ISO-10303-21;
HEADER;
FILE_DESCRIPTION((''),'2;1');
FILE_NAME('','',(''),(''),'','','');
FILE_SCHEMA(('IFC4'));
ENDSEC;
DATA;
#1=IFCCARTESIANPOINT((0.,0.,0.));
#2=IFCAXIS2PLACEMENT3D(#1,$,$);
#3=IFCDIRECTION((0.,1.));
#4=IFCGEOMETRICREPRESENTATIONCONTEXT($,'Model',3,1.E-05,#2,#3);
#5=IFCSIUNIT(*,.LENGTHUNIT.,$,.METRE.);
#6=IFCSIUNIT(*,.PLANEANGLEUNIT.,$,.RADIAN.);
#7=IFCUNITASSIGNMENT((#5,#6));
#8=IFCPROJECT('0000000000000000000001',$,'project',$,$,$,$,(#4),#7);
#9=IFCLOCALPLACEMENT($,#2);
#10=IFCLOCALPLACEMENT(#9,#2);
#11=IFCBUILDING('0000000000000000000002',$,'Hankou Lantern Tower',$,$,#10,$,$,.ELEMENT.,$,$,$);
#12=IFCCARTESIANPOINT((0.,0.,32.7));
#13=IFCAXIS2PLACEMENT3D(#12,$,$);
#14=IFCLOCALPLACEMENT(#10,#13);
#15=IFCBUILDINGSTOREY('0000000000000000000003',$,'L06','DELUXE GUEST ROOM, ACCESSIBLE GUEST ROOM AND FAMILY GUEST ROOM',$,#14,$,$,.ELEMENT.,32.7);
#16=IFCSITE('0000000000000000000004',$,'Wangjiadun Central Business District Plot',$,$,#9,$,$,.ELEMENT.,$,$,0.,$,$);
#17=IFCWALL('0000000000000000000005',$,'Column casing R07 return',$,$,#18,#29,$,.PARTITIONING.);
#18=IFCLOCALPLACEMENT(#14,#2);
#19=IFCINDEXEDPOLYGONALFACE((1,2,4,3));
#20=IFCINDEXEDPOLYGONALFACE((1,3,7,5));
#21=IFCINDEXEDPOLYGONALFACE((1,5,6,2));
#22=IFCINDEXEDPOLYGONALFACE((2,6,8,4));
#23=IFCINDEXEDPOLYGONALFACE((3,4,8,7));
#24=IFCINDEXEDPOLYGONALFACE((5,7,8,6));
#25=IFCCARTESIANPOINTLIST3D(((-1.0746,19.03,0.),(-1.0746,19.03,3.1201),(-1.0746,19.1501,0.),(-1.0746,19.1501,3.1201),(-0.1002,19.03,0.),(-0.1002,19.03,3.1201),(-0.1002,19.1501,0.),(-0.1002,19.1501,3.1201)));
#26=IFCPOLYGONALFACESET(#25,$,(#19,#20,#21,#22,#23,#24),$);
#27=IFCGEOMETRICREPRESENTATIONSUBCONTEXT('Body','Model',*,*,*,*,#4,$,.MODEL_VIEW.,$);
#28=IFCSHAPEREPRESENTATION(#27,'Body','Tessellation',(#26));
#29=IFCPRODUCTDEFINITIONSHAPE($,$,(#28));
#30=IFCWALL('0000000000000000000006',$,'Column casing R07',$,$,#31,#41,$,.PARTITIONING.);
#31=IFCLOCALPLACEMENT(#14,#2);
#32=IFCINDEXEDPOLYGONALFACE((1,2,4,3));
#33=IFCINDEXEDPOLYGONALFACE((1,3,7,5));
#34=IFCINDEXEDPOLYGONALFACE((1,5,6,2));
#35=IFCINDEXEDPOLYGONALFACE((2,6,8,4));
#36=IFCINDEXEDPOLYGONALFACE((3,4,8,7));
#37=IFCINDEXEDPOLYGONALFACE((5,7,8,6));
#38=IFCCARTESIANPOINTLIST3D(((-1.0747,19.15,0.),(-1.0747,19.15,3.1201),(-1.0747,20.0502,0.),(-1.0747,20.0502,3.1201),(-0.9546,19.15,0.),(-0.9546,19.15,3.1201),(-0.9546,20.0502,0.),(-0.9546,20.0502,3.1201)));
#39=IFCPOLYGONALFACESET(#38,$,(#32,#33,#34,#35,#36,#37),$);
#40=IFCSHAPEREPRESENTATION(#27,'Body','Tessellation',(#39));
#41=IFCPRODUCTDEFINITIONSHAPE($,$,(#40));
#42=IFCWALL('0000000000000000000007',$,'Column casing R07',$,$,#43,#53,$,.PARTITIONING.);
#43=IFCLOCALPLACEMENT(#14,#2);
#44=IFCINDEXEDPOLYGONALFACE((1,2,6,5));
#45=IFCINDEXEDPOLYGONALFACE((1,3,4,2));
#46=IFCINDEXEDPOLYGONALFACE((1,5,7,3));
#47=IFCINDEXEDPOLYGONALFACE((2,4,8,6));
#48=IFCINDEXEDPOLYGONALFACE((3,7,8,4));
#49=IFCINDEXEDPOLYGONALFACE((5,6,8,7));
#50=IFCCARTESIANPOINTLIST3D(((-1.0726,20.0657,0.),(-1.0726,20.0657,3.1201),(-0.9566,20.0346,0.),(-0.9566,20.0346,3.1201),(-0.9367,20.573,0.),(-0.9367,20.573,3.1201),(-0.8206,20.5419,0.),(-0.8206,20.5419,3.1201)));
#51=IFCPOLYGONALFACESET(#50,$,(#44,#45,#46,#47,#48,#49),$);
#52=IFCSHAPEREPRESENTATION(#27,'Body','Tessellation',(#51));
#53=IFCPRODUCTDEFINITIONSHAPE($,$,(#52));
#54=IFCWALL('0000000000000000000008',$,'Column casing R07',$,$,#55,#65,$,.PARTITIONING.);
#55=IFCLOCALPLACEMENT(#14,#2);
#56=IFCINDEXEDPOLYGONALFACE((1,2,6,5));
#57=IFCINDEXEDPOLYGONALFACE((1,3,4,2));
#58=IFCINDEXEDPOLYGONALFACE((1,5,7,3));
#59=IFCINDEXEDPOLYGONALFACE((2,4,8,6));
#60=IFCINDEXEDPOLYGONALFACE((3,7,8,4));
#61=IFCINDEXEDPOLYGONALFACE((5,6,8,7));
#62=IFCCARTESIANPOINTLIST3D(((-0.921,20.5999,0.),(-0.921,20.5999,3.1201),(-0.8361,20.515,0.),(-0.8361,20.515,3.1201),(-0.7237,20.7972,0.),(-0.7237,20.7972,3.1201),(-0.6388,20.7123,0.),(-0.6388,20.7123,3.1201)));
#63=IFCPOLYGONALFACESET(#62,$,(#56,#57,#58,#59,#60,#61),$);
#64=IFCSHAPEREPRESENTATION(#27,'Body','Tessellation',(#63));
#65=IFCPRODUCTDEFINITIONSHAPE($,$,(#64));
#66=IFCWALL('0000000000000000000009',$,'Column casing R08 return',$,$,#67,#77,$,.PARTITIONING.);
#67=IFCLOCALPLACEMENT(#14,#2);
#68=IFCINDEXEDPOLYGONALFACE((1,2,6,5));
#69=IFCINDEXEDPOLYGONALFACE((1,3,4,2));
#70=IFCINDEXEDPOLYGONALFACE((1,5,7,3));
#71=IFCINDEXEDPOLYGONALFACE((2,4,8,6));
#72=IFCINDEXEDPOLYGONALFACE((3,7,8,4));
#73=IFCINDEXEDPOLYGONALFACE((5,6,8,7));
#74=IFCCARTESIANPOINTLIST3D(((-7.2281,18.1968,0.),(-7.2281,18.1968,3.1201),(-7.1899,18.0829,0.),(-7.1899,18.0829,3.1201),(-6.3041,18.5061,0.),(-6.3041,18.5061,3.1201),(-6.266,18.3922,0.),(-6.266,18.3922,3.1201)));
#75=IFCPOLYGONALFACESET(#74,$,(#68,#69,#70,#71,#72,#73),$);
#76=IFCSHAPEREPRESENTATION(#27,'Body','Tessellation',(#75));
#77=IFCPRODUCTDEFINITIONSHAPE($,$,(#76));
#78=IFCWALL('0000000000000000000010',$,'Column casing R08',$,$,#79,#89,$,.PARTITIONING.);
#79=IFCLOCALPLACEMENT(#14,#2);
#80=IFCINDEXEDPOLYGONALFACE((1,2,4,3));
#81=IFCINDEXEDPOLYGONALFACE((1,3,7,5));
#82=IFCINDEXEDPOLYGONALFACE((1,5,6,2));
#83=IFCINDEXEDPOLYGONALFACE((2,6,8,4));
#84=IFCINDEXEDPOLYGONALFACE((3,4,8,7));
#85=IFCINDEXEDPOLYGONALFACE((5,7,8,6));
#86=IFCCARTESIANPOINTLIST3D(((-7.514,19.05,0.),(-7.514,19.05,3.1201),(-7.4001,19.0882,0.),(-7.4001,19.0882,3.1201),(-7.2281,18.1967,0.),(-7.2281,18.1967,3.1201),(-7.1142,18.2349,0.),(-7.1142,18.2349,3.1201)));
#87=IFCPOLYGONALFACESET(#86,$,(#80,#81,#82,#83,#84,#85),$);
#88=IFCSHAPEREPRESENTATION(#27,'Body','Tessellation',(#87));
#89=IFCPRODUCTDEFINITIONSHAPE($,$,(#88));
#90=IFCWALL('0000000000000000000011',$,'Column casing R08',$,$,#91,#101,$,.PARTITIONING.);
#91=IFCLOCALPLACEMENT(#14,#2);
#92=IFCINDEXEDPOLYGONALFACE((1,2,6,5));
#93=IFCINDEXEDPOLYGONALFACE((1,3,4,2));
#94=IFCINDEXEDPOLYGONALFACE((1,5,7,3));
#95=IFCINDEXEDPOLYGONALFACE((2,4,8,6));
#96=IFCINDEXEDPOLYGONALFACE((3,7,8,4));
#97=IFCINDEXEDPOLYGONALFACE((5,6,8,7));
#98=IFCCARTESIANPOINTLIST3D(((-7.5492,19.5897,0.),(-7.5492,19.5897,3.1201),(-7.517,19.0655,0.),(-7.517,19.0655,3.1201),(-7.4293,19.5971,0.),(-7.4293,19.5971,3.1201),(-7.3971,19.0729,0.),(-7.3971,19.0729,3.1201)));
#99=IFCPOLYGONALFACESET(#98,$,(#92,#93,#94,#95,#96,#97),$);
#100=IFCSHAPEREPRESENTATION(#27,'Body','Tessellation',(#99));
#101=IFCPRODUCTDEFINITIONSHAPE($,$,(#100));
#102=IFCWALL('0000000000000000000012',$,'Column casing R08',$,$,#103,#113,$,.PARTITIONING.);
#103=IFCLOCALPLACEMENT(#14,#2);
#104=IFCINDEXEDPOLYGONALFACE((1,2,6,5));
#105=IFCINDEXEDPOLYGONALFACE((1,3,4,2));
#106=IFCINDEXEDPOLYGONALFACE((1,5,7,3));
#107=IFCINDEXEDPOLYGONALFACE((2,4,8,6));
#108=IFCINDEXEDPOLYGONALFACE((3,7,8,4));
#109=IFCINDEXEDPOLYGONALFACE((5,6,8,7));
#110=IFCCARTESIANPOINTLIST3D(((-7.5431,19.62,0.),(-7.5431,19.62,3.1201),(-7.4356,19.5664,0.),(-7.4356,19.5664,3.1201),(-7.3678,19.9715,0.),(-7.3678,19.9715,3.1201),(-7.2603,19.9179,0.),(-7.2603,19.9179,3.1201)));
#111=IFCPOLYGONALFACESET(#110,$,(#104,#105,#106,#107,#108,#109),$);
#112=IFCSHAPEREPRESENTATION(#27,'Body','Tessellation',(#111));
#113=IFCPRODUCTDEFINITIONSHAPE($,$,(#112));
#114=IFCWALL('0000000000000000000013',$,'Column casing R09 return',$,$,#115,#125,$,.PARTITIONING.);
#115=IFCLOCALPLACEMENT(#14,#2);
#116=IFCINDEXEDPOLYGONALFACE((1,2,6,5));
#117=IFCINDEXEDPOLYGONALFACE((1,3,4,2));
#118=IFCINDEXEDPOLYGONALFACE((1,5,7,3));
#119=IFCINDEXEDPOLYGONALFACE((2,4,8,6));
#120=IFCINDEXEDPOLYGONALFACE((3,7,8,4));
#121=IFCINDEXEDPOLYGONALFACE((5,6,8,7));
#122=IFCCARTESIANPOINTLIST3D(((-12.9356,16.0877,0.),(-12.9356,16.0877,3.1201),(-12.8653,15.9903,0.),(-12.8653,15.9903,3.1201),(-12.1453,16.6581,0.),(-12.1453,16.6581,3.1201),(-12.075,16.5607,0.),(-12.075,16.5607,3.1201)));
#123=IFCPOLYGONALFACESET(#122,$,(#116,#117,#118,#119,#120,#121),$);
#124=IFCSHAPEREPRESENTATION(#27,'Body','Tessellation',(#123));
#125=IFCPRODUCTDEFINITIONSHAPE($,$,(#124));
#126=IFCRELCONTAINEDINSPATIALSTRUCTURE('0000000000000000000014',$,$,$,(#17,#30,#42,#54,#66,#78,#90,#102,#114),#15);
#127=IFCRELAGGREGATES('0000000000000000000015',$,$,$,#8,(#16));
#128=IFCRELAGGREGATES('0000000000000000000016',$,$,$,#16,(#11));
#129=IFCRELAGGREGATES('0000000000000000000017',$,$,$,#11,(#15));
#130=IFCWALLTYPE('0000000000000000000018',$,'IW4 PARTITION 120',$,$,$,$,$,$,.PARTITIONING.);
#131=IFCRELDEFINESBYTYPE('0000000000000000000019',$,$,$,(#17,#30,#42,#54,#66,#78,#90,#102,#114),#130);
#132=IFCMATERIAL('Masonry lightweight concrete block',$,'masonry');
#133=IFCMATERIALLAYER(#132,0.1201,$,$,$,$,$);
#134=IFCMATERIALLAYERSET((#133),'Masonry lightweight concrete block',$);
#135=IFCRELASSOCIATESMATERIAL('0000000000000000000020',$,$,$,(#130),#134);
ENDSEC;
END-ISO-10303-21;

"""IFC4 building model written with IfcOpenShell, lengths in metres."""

from ifc_helpers import new_model, si_unit, direction, frame, frame_2d, origin, place, context, subcontext, project, spatial, rectangle, extrude, material, layer, layer_set, type_object, element, save


model = new_model("IFC4")

# Units and contexts
model_context = context("Model", 3, precision=1e-05, world=origin(), true_north=direction((0.0, 1.0)))
body_context = subcontext(model_context, "Body", "Model", "MODEL_VIEW")
ifc_project = project(units=[si_unit("LENGTHUNIT", "METRE"), si_unit("PLANEANGLEUNIT", "RADIAN")], contexts=[model_context])

# Site, building, storey
site_placement = place(None, origin())
site = spatial("IfcSite", under=ifc_project, at=site_placement, Name="Wangjiadun Central Business District Plot", CompositionType="ELEMENT", RefElevation=0.0)
building_placement = place(site_placement, origin())
building = spatial("IfcBuilding", under=site, at=building_placement, Name="Hankou Lantern Tower", CompositionType="ELEMENT")
storey_placement = place(building_placement, frame((0.0, 0.0, 32.7)))
storey = spatial("IfcBuildingStorey", under=building, at=storey_placement, Name="L06", Description="DELUXE GUEST ROOM, ACCESSIBLE GUEST ROOM AND FAMILY GUEST ROOM", CompositionType="ELEMENT", Elevation=32.7)

# Walls
ifc_material_1 = material(Name="Masonry lightweight concrete block", Category="masonry")
ifc_layer_1 = layer(ifc_material_1, 0.1201)
ifc_layer_set_1 = layer_set([ifc_layer_1], Name="Masonry lightweight concrete block")
wall_type_1 = type_object("IfcWallType", Name="IW4 PARTITION 120", PredefinedType="PARTITIONING", material=ifc_layer_set_1)
wall_1_placement = place(storey_placement, frame((-0.1001, 19.0901, 0.0), z_axis=(0.0, 0.0, 1.0), x_axis=(-1.0, 0.0, 0.0)))
element("IfcWall", 1, at=wall_1_placement, inside=storey, type_object=wall_type_1, Name="Column casing R07 return", PredefinedType="PARTITIONING", context=body_context, shape_type="SweptSolid", body=[
    extrude(rectangle(XDim=0.9744, YDim=0.1201, at=frame_2d((0.4873, 0.0))), origin(), (0.0, 0.0, 1.0), 3.1201),
])
wall_2_placement = place(storey_placement, frame((-1.0146, 19.1499, 0.0), z_axis=(0.0, 0.0, 1.0), x_axis=(0.0, 1.0, 0.0)))
element("IfcWall", 2, at=wall_2_placement, inside=storey, type_object=wall_type_1, Name="Column casing R07", PredefinedType="PARTITIONING", context=body_context, shape_type="SweptSolid", body=[
    extrude(rectangle(XDim=0.9001, YDim=0.1201, at=frame_2d((0.4502, 0.0))), origin(), (0.0, 0.0, 1.0), 3.1201),
])
wall_3_placement = place(storey_placement, frame((-1.0146, 20.05, 0.0), z_axis=(0.0, 0.0, 1.0), x_axis=(0.258906, 0.965902, 0.0)))
element("IfcWall", 3, at=wall_3_placement, inside=storey, type_object=wall_type_1, Name="Column casing R07", PredefinedType="PARTITIONING", context=body_context, shape_type="SweptSolid", body=[
    extrude(rectangle(XDim=0.5251, YDim=0.1201, at=frame_2d((0.2627, 0.0))), origin(), (0.0, 0.0, 1.0), 3.1201),
])
wall_4_placement = place(storey_placement, frame((-0.8787, 20.5574, 0.0), z_axis=(0.0, 0.0, 1.0), x_axis=(0.707107, 0.707107, 0.0)))
element("IfcWall", 4, at=wall_4_placement, inside=storey, type_object=wall_type_1, Name="Column casing R07", PredefinedType="PARTITIONING", context=body_context, shape_type="SweptSolid", body=[
    extrude(rectangle(XDim=0.2791, YDim=0.1201, at=frame_2d((0.1396, 0.0))), origin(), (0.0, 0.0, 1.0), 3.1201),
])
wall_5_placement = place(storey_placement, frame((-6.2849, 18.4492, 0.0), z_axis=(0.0, 0.0, 1.0), x_axis=(-0.948282, -0.31743, 0.0)))
element("IfcWall", 5, at=wall_5_placement, inside=storey, type_object=wall_type_1, Name="Column casing R08 return", PredefinedType="PARTITIONING", context=body_context, shape_type="SweptSolid", body=[
    extrude(rectangle(XDim=0.9744, YDim=0.1201, at=frame_2d((0.4873, 0.0))), origin(), (0.0, 0.0, 1.0), 3.1201),
])
wall_6_placement = place(storey_placement, frame((-7.1711, 18.2158, 0.0), z_axis=(0.0, 0.0, 1.0), x_axis=(-0.317692, 0.948194, 0.0)))
element("IfcWall", 6, at=wall_6_placement, inside=storey, type_object=wall_type_1, Name="Column casing R08", PredefinedType="PARTITIONING", context=body_context, shape_type="SweptSolid", body=[
    extrude(rectangle(XDim=0.8999, YDim=0.1201, at=frame_2d((0.45, 0.0))), origin(), (0.0, 0.0, 1.0), 3.1201),
])
wall_7_placement = place(storey_placement, frame((-7.457, 19.0691, 0.0), z_axis=(0.0, 0.0, 1.0), x_axis=(-0.061365, 0.998115, 0.0)))
element("IfcWall", 7, at=wall_7_placement, inside=storey, type_object=wall_type_1, Name="Column casing R08", PredefinedType="PARTITIONING", context=body_context, shape_type="SweptSolid", body=[
    extrude(rectangle(XDim=0.5251, YDim=0.1201, at=frame_2d((0.2627, 0.0))), origin(), (0.0, 0.0, 1.0), 3.1201),
])
wall_8_placement = place(storey_placement, frame((-7.4893, 19.5933, 0.0), z_axis=(0.0, 0.0, 1.0), x_axis=(0.446219, 0.894924, 0.0)))
element("IfcWall", 8, at=wall_8_placement, inside=storey, type_object=wall_type_1, Name="Column casing R08", PredefinedType="PARTITIONING", context=body_context, shape_type="SweptSolid", body=[
    extrude(rectangle(XDim=0.3928, YDim=0.1201, at=frame_2d((0.1963, 0.0))), origin(), (0.0, 0.0, 1.0), 3.1201),
])
wall_9_placement = place(storey_placement, frame((-12.1101, 16.6094, 0.0), z_axis=(0.0, 0.0, 1.0), x_axis=(-0.810897, -0.585189, 0.0)))
element("IfcWall", 9, at=wall_9_placement, inside=storey, type_object=wall_type_1, Name="Column casing R09 return", PredefinedType="PARTITIONING", context=body_context, shape_type="SweptSolid", body=[
    extrude(rectangle(XDim=0.9746, YDim=0.1201, at=frame_2d((0.4873, 0.0))), origin(), (0.0, 0.0, 1.0), 3.1201),
])

save(model, "model.ifc")
